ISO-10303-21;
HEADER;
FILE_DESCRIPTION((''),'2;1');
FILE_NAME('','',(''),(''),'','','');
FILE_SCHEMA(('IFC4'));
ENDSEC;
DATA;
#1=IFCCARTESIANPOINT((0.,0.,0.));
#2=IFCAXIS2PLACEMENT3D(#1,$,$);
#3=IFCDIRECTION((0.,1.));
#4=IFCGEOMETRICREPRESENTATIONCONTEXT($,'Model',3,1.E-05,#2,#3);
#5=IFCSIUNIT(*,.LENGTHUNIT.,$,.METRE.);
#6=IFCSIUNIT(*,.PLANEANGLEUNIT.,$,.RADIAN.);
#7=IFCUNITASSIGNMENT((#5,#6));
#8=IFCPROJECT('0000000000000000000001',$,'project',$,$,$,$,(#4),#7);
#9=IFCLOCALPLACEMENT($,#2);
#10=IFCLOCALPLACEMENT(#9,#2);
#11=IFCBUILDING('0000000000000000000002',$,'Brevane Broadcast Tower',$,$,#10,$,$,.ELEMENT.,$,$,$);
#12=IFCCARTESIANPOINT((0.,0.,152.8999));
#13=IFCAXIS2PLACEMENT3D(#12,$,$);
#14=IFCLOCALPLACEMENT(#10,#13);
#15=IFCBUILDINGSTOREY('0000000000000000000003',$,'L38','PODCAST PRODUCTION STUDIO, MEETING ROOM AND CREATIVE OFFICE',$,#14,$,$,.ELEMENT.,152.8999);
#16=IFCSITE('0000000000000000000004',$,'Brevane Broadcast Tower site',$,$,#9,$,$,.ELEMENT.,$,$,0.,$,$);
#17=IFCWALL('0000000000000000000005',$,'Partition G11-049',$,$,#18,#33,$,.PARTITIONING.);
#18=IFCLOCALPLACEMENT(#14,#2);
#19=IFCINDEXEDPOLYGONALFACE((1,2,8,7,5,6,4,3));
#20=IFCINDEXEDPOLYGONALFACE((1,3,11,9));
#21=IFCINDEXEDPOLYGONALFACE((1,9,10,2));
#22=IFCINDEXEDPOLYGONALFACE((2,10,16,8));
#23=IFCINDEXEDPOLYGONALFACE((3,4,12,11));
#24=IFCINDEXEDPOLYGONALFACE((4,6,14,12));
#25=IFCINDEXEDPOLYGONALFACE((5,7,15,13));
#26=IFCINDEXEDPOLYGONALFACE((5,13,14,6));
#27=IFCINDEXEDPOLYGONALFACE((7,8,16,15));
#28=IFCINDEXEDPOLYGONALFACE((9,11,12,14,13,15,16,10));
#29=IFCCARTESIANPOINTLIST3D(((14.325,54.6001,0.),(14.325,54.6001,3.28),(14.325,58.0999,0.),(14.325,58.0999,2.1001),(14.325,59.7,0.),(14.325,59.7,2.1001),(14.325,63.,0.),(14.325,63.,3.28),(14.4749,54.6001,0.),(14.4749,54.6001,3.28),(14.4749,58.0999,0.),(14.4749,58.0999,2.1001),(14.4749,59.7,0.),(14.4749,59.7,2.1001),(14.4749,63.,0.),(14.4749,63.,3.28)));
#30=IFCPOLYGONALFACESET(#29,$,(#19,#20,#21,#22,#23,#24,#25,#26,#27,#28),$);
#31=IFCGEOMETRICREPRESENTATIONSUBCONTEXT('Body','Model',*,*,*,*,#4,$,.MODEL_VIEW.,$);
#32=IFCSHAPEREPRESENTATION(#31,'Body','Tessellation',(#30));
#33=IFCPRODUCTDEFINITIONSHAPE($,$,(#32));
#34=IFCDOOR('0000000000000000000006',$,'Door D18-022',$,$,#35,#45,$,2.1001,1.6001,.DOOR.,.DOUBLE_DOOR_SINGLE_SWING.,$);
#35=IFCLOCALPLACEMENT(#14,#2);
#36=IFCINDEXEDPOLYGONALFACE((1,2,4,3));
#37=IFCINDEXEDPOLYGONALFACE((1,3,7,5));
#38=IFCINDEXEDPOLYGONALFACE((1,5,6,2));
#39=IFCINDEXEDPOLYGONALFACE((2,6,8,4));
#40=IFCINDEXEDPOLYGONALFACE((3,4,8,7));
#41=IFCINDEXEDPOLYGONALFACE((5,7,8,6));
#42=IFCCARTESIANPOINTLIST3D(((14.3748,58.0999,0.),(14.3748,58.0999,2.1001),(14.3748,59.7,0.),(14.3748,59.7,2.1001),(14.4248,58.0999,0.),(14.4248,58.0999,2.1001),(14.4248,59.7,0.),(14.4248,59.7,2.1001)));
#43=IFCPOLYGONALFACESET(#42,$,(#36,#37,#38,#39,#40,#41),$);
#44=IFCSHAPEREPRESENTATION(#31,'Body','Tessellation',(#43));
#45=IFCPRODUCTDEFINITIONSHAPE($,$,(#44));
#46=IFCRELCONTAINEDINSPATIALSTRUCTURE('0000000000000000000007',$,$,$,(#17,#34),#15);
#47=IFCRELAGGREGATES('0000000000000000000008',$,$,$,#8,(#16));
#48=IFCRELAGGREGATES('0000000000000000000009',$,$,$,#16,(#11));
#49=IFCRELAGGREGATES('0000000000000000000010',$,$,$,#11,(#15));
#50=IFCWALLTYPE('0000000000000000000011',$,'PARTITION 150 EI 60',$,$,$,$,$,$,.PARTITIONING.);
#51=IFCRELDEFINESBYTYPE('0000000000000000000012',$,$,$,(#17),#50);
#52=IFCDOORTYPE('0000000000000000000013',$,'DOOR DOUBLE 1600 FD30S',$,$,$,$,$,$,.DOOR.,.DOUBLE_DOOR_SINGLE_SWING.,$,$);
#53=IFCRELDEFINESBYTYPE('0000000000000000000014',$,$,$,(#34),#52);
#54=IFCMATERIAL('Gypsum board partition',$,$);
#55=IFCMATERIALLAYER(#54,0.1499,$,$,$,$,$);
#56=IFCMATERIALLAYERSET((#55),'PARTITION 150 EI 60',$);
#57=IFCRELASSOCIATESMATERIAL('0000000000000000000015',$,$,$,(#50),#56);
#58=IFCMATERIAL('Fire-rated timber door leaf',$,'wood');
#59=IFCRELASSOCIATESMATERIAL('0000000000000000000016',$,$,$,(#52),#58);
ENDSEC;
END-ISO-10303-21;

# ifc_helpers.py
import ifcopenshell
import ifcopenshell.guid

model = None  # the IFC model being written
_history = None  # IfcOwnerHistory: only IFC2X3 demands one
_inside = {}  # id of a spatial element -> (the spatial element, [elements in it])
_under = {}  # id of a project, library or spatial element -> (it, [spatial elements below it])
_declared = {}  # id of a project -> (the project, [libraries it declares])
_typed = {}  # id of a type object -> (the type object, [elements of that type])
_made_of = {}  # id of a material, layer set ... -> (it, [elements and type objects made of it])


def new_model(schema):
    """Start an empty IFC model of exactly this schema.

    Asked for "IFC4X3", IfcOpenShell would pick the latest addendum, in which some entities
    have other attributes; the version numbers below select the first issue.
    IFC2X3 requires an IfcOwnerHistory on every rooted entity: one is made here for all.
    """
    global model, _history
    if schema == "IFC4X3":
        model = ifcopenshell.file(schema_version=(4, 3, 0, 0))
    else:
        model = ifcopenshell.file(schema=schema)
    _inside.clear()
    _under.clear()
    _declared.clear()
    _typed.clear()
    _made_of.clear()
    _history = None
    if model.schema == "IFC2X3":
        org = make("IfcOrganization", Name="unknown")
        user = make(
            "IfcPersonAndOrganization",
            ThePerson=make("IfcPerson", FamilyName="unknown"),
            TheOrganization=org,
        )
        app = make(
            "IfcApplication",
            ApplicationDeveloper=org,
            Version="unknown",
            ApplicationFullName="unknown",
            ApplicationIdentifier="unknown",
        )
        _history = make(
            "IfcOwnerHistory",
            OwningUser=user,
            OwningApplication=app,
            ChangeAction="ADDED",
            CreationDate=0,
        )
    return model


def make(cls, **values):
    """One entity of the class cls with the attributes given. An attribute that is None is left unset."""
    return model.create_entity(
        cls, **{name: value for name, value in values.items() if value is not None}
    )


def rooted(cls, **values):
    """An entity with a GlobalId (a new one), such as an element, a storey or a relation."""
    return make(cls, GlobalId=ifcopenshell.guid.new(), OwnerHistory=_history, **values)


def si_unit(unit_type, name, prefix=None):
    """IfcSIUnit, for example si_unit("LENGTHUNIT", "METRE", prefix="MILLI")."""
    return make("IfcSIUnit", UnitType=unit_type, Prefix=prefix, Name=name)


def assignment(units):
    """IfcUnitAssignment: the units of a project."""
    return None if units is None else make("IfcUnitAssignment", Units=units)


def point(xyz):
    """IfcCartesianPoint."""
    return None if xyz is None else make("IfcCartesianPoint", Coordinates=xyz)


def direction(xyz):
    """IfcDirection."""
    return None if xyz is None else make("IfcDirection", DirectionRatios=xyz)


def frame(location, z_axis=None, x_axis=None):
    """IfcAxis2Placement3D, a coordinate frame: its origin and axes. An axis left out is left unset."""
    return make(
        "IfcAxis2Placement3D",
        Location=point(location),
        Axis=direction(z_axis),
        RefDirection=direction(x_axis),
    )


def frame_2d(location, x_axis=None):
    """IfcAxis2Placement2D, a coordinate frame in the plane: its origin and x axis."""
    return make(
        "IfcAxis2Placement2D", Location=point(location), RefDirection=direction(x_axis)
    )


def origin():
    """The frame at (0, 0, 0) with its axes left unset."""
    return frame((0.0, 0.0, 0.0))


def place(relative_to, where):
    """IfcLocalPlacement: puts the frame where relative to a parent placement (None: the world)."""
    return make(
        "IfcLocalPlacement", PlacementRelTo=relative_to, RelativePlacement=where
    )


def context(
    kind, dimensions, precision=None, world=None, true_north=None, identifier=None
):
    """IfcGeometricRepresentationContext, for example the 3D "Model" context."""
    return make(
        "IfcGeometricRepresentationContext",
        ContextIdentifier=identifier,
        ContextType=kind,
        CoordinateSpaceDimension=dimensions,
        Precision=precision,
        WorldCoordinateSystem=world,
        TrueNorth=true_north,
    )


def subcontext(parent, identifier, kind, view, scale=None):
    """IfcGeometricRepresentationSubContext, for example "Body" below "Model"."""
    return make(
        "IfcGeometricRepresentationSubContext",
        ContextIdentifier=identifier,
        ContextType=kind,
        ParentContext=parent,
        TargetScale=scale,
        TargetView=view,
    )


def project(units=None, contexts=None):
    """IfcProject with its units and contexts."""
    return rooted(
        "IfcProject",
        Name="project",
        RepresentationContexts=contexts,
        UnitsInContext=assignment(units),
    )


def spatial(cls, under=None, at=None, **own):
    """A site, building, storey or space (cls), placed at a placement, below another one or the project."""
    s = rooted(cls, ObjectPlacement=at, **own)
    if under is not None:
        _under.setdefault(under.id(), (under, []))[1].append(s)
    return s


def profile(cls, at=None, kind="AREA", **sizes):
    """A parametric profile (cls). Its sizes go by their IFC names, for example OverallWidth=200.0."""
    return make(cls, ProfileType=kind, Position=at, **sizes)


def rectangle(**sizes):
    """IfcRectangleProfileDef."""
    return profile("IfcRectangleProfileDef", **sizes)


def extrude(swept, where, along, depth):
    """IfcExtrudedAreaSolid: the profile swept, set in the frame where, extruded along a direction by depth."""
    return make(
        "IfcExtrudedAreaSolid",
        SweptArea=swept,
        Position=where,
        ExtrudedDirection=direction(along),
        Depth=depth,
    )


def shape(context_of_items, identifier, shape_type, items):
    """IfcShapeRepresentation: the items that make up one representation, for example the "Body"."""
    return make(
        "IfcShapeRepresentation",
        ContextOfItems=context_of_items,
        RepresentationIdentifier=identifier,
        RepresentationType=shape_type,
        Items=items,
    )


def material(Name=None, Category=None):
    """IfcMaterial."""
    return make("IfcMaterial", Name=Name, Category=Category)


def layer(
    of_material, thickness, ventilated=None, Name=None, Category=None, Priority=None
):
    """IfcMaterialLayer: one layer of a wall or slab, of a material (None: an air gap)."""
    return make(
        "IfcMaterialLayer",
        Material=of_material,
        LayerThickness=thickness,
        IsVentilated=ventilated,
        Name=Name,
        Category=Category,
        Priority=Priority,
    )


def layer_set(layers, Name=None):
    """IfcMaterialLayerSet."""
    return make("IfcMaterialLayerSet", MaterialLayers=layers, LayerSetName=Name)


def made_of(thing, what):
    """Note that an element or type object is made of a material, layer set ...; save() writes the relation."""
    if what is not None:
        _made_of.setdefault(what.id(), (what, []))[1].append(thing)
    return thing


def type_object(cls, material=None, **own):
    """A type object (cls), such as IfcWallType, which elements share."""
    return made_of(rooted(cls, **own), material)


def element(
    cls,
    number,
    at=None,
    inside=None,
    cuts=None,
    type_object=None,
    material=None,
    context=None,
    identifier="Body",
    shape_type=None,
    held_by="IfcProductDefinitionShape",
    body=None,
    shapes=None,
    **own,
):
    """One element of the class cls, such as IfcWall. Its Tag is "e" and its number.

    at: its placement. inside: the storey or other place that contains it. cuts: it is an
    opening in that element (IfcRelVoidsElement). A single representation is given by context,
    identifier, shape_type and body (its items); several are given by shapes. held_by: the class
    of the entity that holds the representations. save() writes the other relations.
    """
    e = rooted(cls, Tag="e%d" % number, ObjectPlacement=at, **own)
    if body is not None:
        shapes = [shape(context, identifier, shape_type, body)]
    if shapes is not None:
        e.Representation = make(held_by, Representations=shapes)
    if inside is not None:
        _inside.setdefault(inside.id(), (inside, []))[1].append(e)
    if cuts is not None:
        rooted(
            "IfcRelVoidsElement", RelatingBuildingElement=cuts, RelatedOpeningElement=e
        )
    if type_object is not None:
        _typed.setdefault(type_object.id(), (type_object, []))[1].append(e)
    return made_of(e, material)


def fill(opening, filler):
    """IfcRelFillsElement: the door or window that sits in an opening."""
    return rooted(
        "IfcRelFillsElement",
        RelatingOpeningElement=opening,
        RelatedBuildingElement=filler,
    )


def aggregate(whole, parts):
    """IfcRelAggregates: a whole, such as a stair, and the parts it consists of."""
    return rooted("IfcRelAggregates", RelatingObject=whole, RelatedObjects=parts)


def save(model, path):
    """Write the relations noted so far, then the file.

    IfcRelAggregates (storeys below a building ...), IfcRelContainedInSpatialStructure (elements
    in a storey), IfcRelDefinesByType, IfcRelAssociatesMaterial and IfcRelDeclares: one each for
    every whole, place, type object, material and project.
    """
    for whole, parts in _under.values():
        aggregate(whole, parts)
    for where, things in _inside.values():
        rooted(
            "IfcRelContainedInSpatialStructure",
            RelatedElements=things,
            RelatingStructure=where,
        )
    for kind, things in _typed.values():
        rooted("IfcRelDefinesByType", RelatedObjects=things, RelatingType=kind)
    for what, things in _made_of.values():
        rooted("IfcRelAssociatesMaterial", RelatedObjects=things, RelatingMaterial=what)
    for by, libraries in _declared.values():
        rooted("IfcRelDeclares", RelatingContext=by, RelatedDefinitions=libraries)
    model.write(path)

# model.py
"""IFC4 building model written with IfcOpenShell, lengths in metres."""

from ifc_helpers import new_model, si_unit, direction, frame, frame_2d, origin, place, context, subcontext, project, spatial, rectangle, extrude, material, layer, layer_set, type_object, element, fill, save


model = new_model("IFC4")

# Units and contexts
model_context = context("Model", 3, precision=1e-05, world=origin(), true_north=direction((0.0, 1.0)))
body_context = subcontext(model_context, "Body", "Model", "MODEL_VIEW")
ifc_project = project(units=[si_unit("LENGTHUNIT", "METRE"), si_unit("PLANEANGLEUNIT", "RADIAN")], contexts=[model_context])

# Site, building, storey
site_placement = place(None, origin())
site = spatial("IfcSite", under=ifc_project, at=site_placement, Name="Brevane Broadcast Tower site", CompositionType="ELEMENT", RefElevation=0.0)
building_placement = place(site_placement, origin())
building = spatial("IfcBuilding", under=site, at=building_placement, Name="Brevane Broadcast Tower", CompositionType="ELEMENT")
storey_placement = place(building_placement, frame((0.0, 0.0, 152.8999)))
storey = spatial("IfcBuildingStorey", under=building, at=storey_placement, Name="L38", Description="PODCAST PRODUCTION STUDIO, MEETING ROOM AND CREATIVE OFFICE", CompositionType="ELEMENT", Elevation=152.8999)

# Shared definitions
ifc_material_1 = material(Name="Gypsum board partition")

# Wall, opening, door
ifc_layer_1 = layer(ifc_material_1, 0.1499)
ifc_layer_set_1 = layer_set([ifc_layer_1], Name="PARTITION 150 EI 60")
wall_type_1 = type_object("IfcWallType", Name="PARTITION 150 EI 60", PredefinedType="PARTITIONING", material=ifc_layer_set_1)
ifc_material_2 = material(Name="Fire-rated timber door leaf", Category="wood")
wall_1_placement = place(storey_placement, frame((14.3999, 63.0, 0.0), z_axis=(0.0, 0.0, 1.0), x_axis=(0.0, -1.0, 0.0)))
wall_1 = element("IfcWall", 1, at=wall_1_placement, inside=storey, type_object=wall_type_1, Name="Partition G11-049", PredefinedType="PARTITIONING", context=body_context, shape_type="SweptSolid", body=[
    extrude(rectangle(XDim=8.3999, YDim=0.1499, at=frame_2d((4.2, 0.0))), origin(), (0.0, 0.0, 1.0), 3.28),
])
opening_1_placement = place(wall_1_placement, frame((3.3, 0.0, 0.0)))
opening_1 = element("IfcOpeningElement", 2, at=opening_1_placement, cuts=wall_1, PredefinedType="OPENING", context=body_context, shape_type="SweptSolid", body=[
    extrude(rectangle(XDim=1.6001, YDim=2.1001, at=frame_2d((0.8, 1.05))), frame((0.0, 0.085, 0.0), z_axis=(0.0, -1.0, 0.0), x_axis=(1.0, 0.0, 0.0)), (0.0, 0.0, 1.0), 0.1699),
])
door_type_1 = type_object("IfcDoorType", Name="DOOR DOUBLE 1600 FD30S", OperationType="DOUBLE_DOOR_SINGLE_SWING", PredefinedType="DOOR", material=ifc_material_2)
door_1_placement = place(opening_1_placement, origin())
door_1 = element("IfcDoor", 3, at=door_1_placement, inside=storey, type_object=door_type_1, Name="Door D18-022", OperationType="DOUBLE_DOOR_SINGLE_SWING", OverallHeight=2.1001, OverallWidth=1.6001, PredefinedType="DOOR", context=body_context, shape_type="SweptSolid", body=[
    extrude(rectangle(XDim=1.6001, YDim=2.1001, at=frame_2d((0.8, 1.05))), frame((0.0, 0.0249, 0.0), z_axis=(0.0, -1.0, 0.0), x_axis=(1.0, 0.0, 0.0)), (0.0, 0.0, 1.0), 0.05),
])
fill(opening_1, door_1)

save(model, "model.ifc")
